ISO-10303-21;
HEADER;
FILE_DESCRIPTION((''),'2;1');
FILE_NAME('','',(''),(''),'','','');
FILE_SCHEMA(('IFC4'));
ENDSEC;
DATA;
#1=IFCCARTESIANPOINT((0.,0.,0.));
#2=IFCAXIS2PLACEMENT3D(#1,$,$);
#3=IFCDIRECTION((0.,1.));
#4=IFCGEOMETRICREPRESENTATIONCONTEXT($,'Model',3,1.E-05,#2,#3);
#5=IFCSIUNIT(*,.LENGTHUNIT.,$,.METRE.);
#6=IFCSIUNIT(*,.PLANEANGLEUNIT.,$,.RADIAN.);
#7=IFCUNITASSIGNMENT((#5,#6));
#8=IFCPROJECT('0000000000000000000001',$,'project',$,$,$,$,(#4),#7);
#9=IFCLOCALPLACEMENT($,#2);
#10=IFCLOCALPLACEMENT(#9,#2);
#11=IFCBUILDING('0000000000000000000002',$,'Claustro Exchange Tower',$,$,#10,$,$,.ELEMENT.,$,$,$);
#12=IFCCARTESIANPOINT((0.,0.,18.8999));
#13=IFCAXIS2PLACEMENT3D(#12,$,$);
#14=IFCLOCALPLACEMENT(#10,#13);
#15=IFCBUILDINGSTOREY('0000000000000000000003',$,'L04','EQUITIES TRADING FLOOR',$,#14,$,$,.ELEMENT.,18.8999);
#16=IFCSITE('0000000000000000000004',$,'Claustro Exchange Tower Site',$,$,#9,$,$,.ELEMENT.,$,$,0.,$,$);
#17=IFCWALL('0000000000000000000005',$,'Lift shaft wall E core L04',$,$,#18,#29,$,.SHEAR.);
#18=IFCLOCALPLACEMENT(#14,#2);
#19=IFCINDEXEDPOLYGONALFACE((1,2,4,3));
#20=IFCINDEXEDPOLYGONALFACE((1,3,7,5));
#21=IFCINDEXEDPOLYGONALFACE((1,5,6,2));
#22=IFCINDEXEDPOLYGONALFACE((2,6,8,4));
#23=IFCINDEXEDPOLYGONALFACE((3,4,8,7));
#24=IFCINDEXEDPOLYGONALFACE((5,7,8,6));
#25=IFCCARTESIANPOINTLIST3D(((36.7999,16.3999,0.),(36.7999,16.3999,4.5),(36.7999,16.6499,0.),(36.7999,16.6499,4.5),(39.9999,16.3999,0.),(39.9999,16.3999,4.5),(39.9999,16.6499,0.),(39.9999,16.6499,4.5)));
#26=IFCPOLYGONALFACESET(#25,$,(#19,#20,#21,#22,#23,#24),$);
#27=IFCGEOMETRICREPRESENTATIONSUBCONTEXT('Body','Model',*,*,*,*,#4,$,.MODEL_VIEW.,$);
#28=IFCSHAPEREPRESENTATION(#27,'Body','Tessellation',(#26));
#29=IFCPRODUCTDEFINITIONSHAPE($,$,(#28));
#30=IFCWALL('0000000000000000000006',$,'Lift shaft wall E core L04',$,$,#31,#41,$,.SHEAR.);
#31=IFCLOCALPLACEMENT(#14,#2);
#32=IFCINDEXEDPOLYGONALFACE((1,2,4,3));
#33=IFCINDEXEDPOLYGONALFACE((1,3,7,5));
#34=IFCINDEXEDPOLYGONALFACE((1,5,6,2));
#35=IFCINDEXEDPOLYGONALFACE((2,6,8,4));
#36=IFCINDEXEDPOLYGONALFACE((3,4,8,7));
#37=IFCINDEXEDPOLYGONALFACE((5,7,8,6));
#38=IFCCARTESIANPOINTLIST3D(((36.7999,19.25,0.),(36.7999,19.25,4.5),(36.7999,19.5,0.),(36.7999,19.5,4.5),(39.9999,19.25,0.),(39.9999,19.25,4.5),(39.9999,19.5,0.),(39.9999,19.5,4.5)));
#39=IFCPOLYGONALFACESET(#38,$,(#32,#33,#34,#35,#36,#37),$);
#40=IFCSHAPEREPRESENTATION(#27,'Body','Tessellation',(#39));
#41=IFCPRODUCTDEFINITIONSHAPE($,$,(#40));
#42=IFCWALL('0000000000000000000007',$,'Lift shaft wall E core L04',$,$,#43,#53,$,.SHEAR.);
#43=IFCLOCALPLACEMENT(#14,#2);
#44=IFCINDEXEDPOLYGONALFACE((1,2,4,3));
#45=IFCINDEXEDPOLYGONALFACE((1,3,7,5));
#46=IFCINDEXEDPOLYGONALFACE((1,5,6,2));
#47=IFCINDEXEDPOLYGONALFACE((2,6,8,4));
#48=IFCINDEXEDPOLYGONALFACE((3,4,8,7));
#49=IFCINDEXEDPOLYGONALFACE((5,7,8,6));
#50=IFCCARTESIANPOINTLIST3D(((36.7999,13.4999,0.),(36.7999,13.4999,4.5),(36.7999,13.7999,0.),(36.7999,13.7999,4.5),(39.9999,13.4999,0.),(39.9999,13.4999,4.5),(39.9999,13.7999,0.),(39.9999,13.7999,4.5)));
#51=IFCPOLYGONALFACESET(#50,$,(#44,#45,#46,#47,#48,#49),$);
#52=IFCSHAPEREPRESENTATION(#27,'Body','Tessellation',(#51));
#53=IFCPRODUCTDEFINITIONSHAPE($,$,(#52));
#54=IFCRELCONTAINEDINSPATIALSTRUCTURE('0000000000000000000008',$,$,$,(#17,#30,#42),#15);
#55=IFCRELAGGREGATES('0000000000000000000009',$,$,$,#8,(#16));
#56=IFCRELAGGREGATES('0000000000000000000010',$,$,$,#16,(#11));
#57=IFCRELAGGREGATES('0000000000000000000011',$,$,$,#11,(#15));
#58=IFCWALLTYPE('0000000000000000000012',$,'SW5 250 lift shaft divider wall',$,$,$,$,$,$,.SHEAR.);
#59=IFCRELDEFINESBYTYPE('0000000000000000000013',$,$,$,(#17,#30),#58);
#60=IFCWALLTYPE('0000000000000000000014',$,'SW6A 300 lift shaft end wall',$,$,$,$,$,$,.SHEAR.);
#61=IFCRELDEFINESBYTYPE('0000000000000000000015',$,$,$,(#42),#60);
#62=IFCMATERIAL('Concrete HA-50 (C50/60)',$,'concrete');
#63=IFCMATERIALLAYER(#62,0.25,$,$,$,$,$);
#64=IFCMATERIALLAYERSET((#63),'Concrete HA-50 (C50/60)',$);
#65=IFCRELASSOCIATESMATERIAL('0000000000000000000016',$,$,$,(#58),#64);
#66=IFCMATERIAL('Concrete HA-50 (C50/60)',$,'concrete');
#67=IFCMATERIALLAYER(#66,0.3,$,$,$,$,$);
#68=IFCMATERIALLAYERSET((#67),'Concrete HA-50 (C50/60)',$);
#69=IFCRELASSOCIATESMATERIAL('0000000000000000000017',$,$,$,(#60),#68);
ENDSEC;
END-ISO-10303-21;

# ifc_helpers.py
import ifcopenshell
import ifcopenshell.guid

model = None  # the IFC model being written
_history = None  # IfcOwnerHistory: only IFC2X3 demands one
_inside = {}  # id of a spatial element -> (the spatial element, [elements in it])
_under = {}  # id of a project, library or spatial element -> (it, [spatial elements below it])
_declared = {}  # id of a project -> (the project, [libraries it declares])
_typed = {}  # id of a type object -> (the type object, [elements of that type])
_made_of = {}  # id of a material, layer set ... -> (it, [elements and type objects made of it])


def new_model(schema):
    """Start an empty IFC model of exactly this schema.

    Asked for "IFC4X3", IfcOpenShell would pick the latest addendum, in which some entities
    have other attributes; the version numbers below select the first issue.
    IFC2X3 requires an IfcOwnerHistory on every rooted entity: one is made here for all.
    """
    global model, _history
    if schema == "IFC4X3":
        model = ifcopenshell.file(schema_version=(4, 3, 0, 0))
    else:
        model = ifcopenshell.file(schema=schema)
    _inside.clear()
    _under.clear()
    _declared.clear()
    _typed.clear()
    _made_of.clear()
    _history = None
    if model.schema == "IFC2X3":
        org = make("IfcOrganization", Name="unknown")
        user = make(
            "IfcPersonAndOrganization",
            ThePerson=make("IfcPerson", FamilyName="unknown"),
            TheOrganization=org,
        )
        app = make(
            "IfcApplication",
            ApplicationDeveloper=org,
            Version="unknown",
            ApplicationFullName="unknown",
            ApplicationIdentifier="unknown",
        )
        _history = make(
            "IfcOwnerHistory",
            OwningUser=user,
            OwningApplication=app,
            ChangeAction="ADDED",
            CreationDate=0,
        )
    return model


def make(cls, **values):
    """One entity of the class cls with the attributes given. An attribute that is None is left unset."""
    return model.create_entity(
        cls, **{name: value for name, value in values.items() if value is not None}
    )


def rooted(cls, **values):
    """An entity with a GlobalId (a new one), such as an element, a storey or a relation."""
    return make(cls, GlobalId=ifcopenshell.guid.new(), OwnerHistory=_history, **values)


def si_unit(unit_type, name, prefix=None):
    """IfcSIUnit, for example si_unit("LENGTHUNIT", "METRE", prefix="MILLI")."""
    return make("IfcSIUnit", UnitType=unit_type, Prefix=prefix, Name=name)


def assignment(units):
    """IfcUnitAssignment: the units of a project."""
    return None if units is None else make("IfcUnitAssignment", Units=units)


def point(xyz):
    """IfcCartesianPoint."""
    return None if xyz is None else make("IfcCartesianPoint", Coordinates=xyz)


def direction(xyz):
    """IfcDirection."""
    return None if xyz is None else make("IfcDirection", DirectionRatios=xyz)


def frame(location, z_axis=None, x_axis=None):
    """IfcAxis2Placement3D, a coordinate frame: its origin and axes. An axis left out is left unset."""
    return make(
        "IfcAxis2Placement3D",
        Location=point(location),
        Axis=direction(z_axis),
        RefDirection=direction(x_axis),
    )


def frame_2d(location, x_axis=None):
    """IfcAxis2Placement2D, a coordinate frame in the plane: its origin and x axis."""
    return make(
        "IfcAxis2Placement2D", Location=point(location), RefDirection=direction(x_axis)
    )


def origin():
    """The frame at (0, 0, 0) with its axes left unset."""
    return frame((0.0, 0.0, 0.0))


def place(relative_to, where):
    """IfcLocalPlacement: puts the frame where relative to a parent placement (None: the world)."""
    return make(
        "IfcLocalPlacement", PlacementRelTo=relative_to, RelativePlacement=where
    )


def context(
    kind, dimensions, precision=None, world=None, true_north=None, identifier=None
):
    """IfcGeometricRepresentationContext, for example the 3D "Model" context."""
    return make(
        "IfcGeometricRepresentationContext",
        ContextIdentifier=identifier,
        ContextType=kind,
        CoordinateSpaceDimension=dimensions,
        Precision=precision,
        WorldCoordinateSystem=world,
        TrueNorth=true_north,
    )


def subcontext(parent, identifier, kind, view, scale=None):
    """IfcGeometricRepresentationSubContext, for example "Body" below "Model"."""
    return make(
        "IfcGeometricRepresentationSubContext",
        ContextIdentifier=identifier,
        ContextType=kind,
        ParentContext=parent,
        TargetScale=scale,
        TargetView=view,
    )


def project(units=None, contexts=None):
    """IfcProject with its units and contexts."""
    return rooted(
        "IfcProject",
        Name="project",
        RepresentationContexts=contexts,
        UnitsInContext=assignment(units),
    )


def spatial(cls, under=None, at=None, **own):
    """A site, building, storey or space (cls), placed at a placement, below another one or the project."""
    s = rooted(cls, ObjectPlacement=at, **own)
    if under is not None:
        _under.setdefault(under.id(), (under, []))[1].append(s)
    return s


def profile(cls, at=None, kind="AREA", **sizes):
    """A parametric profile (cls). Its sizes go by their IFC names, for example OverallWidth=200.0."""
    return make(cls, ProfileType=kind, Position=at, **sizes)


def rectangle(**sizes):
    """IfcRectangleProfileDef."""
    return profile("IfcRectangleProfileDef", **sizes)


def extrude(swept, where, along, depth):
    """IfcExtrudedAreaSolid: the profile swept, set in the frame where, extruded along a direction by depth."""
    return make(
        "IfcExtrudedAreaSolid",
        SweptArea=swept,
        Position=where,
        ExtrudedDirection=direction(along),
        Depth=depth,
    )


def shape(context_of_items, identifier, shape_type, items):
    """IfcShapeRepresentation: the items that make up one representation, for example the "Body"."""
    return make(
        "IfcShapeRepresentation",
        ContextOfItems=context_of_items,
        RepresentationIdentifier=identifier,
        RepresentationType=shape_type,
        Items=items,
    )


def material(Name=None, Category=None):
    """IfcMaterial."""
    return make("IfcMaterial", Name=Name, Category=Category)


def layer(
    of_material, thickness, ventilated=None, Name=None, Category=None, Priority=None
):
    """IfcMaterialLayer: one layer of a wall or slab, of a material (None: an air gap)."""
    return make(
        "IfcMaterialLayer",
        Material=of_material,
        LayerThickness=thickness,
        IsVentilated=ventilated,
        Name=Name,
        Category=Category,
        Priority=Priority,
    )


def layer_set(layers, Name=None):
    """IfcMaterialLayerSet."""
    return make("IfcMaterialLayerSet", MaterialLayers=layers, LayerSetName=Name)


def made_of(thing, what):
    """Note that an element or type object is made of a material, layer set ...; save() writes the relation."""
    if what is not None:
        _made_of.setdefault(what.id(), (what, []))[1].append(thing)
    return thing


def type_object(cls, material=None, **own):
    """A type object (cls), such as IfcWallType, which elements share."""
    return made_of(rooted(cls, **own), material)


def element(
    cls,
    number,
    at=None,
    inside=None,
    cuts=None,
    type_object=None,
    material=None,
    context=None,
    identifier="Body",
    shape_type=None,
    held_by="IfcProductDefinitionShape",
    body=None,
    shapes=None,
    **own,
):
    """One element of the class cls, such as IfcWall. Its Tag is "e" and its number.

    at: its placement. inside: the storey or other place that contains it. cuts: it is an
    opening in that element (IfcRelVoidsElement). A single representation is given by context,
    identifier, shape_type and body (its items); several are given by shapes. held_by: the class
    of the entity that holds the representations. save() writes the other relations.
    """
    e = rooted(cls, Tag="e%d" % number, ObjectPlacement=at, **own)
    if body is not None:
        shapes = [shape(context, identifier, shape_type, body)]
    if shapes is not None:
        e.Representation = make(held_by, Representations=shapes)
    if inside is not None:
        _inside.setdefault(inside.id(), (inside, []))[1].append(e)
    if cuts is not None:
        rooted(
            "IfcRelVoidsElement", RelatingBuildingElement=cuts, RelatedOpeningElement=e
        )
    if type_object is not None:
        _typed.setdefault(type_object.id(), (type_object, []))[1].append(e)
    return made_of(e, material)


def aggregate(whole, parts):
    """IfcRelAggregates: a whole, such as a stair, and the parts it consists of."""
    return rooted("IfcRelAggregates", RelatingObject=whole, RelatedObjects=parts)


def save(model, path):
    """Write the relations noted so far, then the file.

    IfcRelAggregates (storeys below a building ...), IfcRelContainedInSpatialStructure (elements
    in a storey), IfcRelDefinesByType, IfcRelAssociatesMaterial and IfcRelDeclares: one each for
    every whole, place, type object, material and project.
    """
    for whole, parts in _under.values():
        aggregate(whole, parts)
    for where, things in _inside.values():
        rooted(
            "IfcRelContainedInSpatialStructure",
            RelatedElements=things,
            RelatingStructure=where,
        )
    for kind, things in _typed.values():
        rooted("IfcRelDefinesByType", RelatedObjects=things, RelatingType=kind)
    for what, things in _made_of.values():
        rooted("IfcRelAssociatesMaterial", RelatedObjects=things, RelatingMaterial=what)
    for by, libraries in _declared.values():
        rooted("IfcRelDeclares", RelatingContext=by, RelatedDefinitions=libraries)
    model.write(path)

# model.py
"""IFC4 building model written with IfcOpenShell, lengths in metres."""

from ifc_helpers import new_model, si_unit, direction, frame, frame_2d, origin, place, context, subcontext, project, spatial, rectangle, extrude, material, layer, layer_set, type_object, element, save


model = new_model("IFC4")

# Units and contexts
model_context = context("Model", 3, precision=1e-05, world=origin(), true_north=direction((0.0, 1.0)))
body_context = subcontext(model_context, "Body", "Model", "MODEL_VIEW")
ifc_project = project(units=[si_unit("LENGTHUNIT", "METRE"), si_unit("PLANEANGLEUNIT", "RADIAN")], contexts=[model_context])

# Site, building, storey
site_placement = place(None, origin())
site = spatial("IfcSite", under=ifc_project, at=site_placement, Name="Claustro Exchange Tower Site", CompositionType="ELEMENT", RefElevation=0.0)
building_placement = place(site_placement, origin())
building = spatial("IfcBuilding", under=site, at=building_placement, Name="Claustro Exchange Tower", CompositionType="ELEMENT")
storey_placement = place(building_placement, frame((0.0, 0.0, 18.8999)))
storey = spatial("IfcBuildingStorey", under=building, at=storey_placement, Name="L04", Description="EQUITIES TRADING FLOOR", CompositionType="ELEMENT", Elevation=18.8999)

# Walls
ifc_material_1 = material(Name="Concrete HA-50 (C50/60)", Category="concrete")
ifc_layer_1 = layer(ifc_material_1, 0.25)
ifc_layer_set_1 = layer_set([ifc_layer_1], Name="Concrete HA-50 (C50/60)")
wall_type_1 = type_object("IfcWallType", Name="SW5 250 lift shaft divider wall", PredefinedType="SHEAR", material=ifc_layer_set_1)
for number, where, z_axis, x_axis, name in (
    (1, (40.0, 16.5249, 0.0), (0.0, 0.0, 1.0), (-1.0, 0.0, 0.0), "Lift shaft wall E core L04"),
    (2, (40.0, 19.375, 0.0), (0.0, 0.0, 1.0), (-1.0, 0.0, 0.0), "Lift shaft wall E core L04"),
):
    element("IfcWall", number, at=place(storey_placement, frame(where, z_axis=z_axis, x_axis=x_axis)), inside=storey, type_object=wall_type_1, Name=name, PredefinedType="SHEAR", context=body_context, shape_type="SweptSolid", body=[
        extrude(rectangle(XDim=3.2, YDim=0.25, at=frame_2d((1.6001, 0.0))), origin(), (0.0, 0.0, 1.0), 4.5),
    ])
ifc_material_2 = material(Name="Concrete HA-50 (C50/60)", Category="concrete")
ifc_layer_2 = layer(ifc_material_2, 0.3)
ifc_layer_set_2 = layer_set([ifc_layer_2], Name="Concrete HA-50 (C50/60)")
wall_type_2 = type_object("IfcWallType", Name="SW6A 300 lift shaft end wall", PredefinedType="SHEAR", material=ifc_layer_set_2)
wall_1_placement = place(storey_placement, frame((40.0, 13.6499, 0.0), z_axis=(0.0, 0.0, 1.0), x_axis=(-1.0, 0.0, 0.0)))
element("IfcWall", 3, at=wall_1_placement, inside=storey, type_object=wall_type_2, Name="Lift shaft wall E core L04", PredefinedType="SHEAR", context=body_context, shape_type="SweptSolid", body=[
    extrude(rectangle(XDim=3.2, YDim=0.3, at=frame_2d((1.6001, 0.0))), origin(), (0.0, 0.0, 1.0), 4.5),
])

save(model, "model.ifc")
